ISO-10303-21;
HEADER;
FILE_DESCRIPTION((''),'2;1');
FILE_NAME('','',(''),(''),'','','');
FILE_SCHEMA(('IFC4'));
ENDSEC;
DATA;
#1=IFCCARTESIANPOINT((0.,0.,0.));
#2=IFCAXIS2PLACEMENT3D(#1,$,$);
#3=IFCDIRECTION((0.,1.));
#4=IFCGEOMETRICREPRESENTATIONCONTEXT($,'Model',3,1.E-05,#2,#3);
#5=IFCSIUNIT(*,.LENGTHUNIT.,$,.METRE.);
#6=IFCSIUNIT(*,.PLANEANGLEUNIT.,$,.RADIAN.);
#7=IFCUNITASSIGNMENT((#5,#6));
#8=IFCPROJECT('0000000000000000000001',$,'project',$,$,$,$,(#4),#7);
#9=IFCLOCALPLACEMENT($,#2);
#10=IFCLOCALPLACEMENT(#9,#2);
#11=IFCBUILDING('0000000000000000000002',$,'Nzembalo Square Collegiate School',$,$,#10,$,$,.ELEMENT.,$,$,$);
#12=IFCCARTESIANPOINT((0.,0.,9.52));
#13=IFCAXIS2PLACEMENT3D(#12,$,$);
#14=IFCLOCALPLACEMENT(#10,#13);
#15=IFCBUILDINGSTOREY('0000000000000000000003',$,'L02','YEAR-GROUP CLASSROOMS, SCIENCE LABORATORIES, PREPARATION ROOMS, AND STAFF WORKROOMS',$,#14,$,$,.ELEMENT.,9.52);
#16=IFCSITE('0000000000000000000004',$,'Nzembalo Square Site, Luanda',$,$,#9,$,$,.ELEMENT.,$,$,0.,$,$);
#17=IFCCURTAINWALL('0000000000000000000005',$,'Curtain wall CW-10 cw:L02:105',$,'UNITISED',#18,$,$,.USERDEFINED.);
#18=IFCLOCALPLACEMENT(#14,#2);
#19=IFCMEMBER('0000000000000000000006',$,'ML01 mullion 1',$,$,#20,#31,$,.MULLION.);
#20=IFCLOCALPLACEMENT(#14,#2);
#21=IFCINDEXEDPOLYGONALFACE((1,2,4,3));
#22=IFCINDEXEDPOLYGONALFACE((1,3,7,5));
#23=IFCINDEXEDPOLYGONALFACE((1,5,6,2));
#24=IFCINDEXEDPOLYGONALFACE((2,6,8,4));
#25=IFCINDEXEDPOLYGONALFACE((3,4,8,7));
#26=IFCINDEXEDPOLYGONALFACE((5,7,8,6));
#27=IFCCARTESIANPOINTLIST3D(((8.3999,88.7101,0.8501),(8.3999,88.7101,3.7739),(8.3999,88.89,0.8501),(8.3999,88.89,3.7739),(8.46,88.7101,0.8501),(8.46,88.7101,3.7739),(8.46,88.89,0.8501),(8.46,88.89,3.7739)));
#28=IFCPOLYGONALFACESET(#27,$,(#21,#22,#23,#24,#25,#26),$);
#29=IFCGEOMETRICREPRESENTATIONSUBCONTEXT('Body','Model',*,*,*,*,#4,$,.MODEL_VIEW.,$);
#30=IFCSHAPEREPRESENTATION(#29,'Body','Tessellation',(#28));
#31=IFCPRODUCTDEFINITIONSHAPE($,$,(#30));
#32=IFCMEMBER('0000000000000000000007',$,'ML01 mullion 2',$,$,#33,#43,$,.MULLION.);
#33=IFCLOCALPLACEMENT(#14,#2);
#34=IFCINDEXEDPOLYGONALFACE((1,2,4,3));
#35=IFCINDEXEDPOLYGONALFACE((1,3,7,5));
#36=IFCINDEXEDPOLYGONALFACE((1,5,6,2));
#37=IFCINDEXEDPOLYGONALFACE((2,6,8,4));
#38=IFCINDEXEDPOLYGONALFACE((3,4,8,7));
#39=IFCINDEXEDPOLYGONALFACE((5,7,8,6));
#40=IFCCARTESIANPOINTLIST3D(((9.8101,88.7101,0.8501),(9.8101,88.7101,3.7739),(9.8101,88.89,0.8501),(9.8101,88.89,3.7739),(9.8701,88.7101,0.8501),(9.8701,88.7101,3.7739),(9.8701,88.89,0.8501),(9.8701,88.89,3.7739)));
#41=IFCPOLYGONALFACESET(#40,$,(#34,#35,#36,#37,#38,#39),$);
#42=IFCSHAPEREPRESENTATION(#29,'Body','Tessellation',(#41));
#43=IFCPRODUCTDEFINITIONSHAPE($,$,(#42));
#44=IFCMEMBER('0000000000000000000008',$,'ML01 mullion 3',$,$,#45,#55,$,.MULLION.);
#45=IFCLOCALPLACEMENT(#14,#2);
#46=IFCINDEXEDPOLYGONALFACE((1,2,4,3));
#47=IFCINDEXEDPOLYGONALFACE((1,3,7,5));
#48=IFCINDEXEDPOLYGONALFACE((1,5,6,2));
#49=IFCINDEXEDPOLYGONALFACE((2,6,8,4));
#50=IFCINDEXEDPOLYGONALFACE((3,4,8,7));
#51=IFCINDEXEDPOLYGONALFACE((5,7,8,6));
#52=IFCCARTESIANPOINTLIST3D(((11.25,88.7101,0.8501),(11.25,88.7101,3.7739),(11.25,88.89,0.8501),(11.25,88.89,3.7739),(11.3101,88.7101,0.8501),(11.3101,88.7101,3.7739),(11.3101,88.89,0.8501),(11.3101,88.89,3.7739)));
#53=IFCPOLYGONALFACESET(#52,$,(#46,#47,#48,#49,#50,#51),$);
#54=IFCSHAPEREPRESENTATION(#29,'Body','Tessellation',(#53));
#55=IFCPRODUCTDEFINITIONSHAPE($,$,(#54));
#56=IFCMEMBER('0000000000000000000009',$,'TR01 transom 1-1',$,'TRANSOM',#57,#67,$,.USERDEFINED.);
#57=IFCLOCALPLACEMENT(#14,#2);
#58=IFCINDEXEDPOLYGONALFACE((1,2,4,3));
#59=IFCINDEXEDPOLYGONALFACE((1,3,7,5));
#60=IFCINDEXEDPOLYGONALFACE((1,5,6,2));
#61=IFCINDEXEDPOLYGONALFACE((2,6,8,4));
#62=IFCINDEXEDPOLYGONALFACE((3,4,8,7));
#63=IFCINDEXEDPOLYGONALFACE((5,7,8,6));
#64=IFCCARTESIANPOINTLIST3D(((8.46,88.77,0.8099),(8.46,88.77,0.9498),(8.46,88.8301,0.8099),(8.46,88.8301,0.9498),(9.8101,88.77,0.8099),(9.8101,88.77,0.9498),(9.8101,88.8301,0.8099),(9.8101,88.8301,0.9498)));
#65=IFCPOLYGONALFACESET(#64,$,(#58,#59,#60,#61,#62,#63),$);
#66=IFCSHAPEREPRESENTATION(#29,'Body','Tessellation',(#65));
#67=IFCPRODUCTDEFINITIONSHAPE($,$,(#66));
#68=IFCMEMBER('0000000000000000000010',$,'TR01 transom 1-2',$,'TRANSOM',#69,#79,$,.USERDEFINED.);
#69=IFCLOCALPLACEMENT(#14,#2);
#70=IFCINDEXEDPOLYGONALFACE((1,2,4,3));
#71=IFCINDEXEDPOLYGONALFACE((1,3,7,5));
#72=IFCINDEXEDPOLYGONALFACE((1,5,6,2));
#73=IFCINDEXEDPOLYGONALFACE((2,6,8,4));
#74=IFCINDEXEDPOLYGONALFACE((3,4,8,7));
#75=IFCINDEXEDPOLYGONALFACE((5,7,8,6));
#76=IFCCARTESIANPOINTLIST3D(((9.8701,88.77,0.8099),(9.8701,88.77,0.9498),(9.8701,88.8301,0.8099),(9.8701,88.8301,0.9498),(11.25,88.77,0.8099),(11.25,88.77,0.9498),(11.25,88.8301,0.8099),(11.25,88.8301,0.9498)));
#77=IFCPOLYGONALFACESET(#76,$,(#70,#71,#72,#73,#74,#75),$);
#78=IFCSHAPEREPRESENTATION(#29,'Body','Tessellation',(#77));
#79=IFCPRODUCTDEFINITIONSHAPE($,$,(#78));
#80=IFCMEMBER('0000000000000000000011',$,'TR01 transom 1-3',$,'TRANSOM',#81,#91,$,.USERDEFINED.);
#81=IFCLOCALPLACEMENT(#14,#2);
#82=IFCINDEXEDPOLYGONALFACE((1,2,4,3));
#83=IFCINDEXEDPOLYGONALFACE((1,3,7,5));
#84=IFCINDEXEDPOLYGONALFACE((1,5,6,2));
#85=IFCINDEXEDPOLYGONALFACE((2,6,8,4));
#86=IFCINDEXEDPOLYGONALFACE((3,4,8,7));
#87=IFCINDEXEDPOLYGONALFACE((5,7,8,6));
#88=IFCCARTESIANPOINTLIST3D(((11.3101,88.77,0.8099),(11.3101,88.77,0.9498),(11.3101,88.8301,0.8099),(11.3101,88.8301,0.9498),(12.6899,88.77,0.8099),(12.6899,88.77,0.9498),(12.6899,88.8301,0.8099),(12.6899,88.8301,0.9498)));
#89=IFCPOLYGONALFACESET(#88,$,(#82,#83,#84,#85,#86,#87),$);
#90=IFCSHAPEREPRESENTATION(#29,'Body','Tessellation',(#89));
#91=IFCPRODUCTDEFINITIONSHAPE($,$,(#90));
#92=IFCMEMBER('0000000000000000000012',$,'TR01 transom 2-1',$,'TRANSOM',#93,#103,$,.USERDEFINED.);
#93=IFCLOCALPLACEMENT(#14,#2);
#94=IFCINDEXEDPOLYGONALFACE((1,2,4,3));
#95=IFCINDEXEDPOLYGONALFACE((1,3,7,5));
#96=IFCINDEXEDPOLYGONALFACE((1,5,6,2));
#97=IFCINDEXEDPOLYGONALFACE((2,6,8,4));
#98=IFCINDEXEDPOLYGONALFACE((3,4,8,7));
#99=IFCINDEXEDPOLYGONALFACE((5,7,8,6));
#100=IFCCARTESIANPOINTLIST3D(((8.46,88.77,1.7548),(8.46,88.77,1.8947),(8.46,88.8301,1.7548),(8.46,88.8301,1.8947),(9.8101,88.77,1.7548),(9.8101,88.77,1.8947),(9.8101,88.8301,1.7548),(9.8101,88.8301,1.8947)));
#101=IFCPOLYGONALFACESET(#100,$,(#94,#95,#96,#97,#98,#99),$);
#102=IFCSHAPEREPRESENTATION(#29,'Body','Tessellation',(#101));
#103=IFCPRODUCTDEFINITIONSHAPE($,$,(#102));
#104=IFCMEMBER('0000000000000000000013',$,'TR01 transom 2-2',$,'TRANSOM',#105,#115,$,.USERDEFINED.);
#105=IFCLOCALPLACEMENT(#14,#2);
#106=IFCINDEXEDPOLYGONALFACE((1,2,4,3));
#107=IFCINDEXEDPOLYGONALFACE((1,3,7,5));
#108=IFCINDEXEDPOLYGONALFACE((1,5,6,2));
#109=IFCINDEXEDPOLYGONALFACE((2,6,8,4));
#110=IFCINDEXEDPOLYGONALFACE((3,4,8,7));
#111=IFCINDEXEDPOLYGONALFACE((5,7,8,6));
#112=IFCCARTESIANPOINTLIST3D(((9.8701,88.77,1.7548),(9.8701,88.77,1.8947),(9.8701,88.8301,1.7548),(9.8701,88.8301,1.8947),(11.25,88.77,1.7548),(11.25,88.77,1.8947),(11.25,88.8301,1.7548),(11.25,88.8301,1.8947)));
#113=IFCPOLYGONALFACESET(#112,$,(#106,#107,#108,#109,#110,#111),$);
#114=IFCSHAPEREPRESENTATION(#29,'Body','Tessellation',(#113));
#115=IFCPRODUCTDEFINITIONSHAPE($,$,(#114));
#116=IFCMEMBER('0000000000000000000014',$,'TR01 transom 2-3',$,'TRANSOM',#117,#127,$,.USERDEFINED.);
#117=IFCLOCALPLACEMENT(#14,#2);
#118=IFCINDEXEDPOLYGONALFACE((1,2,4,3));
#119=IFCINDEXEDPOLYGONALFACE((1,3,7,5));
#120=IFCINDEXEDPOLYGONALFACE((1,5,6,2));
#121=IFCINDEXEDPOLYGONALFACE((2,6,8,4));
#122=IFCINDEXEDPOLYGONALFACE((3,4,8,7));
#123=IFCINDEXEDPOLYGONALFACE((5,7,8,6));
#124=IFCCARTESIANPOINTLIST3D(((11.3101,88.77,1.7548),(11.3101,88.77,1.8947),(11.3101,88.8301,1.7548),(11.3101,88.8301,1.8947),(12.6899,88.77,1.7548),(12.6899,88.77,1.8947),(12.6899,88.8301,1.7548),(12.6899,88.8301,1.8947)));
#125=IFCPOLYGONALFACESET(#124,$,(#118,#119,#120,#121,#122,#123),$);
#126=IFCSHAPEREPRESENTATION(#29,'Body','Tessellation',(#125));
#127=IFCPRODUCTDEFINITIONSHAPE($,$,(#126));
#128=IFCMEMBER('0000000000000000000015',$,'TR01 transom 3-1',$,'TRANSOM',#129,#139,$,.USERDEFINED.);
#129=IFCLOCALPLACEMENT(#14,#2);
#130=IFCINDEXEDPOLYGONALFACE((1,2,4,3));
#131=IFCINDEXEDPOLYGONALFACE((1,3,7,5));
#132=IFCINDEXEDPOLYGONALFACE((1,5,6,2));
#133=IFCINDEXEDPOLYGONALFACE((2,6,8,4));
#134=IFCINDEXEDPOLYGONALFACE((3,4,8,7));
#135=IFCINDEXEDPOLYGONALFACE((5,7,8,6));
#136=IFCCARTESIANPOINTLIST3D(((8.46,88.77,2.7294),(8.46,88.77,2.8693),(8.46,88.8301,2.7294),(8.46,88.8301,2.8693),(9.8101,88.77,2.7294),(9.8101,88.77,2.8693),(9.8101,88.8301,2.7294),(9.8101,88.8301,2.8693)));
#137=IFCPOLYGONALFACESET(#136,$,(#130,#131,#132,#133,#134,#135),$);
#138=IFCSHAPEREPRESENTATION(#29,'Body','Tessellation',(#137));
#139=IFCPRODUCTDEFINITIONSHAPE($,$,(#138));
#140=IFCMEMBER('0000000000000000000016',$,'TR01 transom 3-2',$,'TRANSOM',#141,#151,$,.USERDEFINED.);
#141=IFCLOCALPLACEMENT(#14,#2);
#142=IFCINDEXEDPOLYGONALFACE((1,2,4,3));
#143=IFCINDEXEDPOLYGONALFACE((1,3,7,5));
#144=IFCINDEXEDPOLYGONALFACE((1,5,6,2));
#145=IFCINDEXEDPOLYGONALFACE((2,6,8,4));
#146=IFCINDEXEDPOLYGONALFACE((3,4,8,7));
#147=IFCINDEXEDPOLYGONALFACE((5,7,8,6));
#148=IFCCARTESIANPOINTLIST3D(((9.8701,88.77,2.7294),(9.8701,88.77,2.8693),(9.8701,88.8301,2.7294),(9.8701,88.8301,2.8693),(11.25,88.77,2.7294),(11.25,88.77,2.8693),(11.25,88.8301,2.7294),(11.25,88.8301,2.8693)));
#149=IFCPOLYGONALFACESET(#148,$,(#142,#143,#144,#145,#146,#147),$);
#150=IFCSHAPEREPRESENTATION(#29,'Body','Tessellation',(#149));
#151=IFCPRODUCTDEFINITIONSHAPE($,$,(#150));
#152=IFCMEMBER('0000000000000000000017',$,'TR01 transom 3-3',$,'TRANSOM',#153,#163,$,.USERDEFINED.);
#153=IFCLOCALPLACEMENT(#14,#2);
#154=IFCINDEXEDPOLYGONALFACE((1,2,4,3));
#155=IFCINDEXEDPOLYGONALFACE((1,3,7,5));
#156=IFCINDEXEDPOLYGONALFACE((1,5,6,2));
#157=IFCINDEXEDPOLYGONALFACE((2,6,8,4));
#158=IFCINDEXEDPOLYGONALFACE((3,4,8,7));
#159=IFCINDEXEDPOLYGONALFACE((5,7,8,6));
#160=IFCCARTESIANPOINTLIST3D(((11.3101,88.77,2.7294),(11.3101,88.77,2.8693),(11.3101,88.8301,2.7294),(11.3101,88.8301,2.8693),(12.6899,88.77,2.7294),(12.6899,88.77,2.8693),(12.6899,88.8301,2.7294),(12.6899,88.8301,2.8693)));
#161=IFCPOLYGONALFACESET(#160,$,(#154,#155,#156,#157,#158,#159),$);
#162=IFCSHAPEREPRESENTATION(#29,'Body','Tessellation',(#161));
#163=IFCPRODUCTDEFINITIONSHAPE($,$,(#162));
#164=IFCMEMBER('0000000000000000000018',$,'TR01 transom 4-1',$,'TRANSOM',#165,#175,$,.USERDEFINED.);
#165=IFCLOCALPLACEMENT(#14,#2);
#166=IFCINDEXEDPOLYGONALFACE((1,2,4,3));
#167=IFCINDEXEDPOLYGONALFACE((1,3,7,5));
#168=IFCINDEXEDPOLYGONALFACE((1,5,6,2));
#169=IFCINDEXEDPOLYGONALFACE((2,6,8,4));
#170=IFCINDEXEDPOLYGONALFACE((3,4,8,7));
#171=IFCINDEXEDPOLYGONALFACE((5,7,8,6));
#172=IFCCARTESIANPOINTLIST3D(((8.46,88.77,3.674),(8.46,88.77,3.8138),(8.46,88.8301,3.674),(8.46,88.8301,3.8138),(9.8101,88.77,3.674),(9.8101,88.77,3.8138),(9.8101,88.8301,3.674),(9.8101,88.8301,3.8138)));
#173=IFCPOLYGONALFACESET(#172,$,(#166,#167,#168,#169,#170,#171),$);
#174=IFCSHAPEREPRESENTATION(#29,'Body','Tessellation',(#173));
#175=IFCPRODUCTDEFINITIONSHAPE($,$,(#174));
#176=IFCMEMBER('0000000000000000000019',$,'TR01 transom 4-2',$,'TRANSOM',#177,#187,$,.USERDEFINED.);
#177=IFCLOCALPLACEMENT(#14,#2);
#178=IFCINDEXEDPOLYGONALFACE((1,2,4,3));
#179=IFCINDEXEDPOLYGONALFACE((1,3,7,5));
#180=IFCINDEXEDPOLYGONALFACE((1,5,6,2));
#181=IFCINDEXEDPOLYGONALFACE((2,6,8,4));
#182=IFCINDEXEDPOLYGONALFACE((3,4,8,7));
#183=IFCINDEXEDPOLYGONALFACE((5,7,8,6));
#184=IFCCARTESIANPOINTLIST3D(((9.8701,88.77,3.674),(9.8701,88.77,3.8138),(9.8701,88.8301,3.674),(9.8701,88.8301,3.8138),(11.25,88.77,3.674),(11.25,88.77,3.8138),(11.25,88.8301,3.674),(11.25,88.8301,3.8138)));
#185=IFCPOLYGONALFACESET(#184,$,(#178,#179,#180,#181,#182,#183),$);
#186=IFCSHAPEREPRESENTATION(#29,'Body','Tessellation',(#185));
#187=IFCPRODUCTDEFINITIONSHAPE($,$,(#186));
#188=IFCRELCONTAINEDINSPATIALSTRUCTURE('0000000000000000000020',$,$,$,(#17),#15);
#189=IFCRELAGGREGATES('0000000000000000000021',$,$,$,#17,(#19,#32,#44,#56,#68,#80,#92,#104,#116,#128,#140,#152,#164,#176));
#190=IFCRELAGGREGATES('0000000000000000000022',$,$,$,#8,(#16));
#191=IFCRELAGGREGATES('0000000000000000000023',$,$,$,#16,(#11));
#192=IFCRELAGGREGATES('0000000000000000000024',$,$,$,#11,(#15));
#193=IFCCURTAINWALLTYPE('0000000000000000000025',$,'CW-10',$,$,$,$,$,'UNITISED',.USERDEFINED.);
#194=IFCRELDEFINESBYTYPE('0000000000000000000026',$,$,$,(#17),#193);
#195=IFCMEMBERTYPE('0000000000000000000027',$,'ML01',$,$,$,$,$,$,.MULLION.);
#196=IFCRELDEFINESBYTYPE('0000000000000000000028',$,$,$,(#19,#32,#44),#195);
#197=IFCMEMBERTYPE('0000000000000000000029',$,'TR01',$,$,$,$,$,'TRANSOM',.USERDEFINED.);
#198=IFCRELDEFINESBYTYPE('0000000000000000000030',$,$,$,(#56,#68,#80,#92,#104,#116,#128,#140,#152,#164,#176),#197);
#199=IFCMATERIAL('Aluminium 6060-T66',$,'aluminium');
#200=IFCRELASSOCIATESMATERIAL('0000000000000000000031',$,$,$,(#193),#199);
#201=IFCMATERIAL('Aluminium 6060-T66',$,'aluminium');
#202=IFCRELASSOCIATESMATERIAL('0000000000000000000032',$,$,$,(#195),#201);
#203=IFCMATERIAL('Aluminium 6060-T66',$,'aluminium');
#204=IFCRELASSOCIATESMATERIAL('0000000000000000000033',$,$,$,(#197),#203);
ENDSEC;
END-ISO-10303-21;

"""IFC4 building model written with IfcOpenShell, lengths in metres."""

from ifc_helpers import new_model, si_unit, direction, frame, origin, origin_2d, place, context, subcontext, project, spatial, rectangle, extrude, material, material_profile, profile_set, type_object, element, aggregate, save


model = new_model("IFC4")

# Units and contexts
model_context = context("Model", 3, precision=1e-05, world=origin(), true_north=direction((0.0, 1.0)))
body_context = subcontext(model_context, "Body", "Model", "MODEL_VIEW")
ifc_project = project(units=[si_unit("LENGTHUNIT", "METRE"), si_unit("PLANEANGLEUNIT", "RADIAN")], contexts=[model_context])

# Site, building, storey
site_placement = place(None, origin())
site = spatial("IfcSite", under=ifc_project, at=site_placement, Name="Nzembalo Square Site, Luanda", CompositionType="ELEMENT", RefElevation=0.0)
building_placement = place(site_placement, origin())
building = spatial("IfcBuilding", under=site, at=building_placement, Name="Nzembalo Square Collegiate School", CompositionType="ELEMENT")
storey_placement = place(building_placement, frame((0.0, 0.0, 9.52)))
storey = spatial("IfcBuildingStorey", under=building, at=storey_placement, Name="L02", Description="YEAR-GROUP CLASSROOMS, SCIENCE LABORATORIES, PREPARATION ROOMS, AND STAFF WORKROOMS", CompositionType="ELEMENT", Elevation=9.52)

# Curtain wall, members
ifc_material_1 = material(Name="Aluminium 6060-T66", Category="aluminium")
curtain_wall_type = type_object("IfcCurtainWallType", Name="CW-10", ElementType="UNITISED", PredefinedType="USERDEFINED", material=ifc_material_1)
curtain_wall_placement = place(storey_placement, origin())
curtain_wall = element("IfcCurtainWall", 1, at=curtain_wall_placement, inside=storey, type_object=curtain_wall_type, Name="Curtain wall CW-10 cw:L02:105", ObjectType="UNITISED", PredefinedType="USERDEFINED")
ifc_material_2 = material(Name="Aluminium 6060-T66", Category="aluminium")
ifc_material_profile_1 = material_profile(ifc_material_2, rectangle(XDim=0.0601, YDim=0.1799, at=origin_2d()), Name="ALU M60x180")
ifc_profile_set_1 = profile_set([ifc_material_profile_1], Name="Aluminium 6060-T66")
member_type_1 = type_object("IfcMemberType", Name="ML01", PredefinedType="MULLION", material=ifc_profile_set_1)
member_1_placement = place(storey_placement, frame((8.4299, 88.8, 0.8501), z_axis=(0.0, 0.0, 1.0), x_axis=(1.0, 0.0, 0.0)))
member_1 = element("IfcMember", 2, at=member_1_placement, type_object=member_type_1, Name="ML01 mullion 1", PredefinedType="MULLION", context=body_context, shape_type="SweptSolid", body=[
    extrude(rectangle(XDim=0.0601, YDim=0.1799, at=origin_2d()), origin(), (0.0, 0.0, 1.0), 2.9238),
])
member_2_placement = place(storey_placement, frame((9.8401, 88.8, 0.8501), z_axis=(0.0, 0.0, 1.0), x_axis=(1.0, 0.0, 0.0)))
member_2 = element("IfcMember", 3, at=member_2_placement, type_object=member_type_1, Name="ML01 mullion 2", PredefinedType="MULLION", context=body_context, shape_type="SweptSolid", body=[
    extrude(rectangle(XDim=0.0601, YDim=0.1799, at=origin_2d()), origin(), (0.0, 0.0, 1.0), 2.9238),
])
member_3_placement = place(storey_placement, frame((11.28, 88.8, 0.8501), z_axis=(0.0, 0.0, 1.0), x_axis=(1.0, 0.0, 0.0)))
member_3 = element("IfcMember", 4, at=member_3_placement, type_object=member_type_1, Name="ML01 mullion 3", PredefinedType="MULLION", context=body_context, shape_type="SweptSolid", body=[
    extrude(rectangle(XDim=0.0601, YDim=0.1799, at=origin_2d()), origin(), (0.0, 0.0, 1.0), 2.9238),
])
ifc_material_3 = material(Name="Aluminium 6060-T66", Category="aluminium")
ifc_material_profile_2 = material_profile(ifc_material_3, rectangle(XDim=0.0601, YDim=0.1399, at=origin_2d()), Name="ALU T60x140")
ifc_profile_set_2 = profile_set([ifc_material_profile_2], Name="Aluminium 6060-T66")
member_type_2 = type_object("IfcMemberType", Name="TR01", ElementType="TRANSOM", PredefinedType="USERDEFINED", material=ifc_profile_set_2)
member_4_placement = place(storey_placement, frame((8.46, 88.8, 0.8799), z_axis=(1.0, 0.0, 0.0), x_axis=(0.0, 1.0, 0.0)))
member_4 = element("IfcMember", 5, at=member_4_placement, type_object=member_type_2, Name="TR01 transom 1-1", ObjectType="TRANSOM", PredefinedType="USERDEFINED", context=body_context, shape_type="SweptSolid", body=[
    extrude(rectangle(XDim=0.0601, YDim=0.1399, at=origin_2d()), origin(), (0.0, 0.0, 1.0), 1.3501),
])
member_5_placement = place(storey_placement, frame((9.8701, 88.8, 0.8799), z_axis=(1.0, 0.0, 0.0), x_axis=(0.0, 1.0, 0.0)))
member_5 = element("IfcMember", 6, at=member_5_placement, type_object=member_type_2, Name="TR01 transom 1-2", ObjectType="TRANSOM", PredefinedType="USERDEFINED", context=body_context, shape_type="SweptSolid", body=[
    extrude(rectangle(XDim=0.0601, YDim=0.1399, at=origin_2d()), origin(), (0.0, 0.0, 1.0), 1.3799),
])
member_6_placement = place(storey_placement, frame((11.3101, 88.8, 0.8799), z_axis=(1.0, 0.0, 0.0), x_axis=(0.0, 1.0, 0.0)))
member_6 = element("IfcMember", 7, at=member_6_placement, type_object=member_type_2, Name="TR01 transom 1-3", ObjectType="TRANSOM", PredefinedType="USERDEFINED", context=body_context, shape_type="SweptSolid", body=[
    extrude(rectangle(XDim=0.0601, YDim=0.1399, at=origin_2d()), origin(), (0.0, 0.0, 1.0), 1.3799),
])
member_7_placement = place(storey_placement, frame((8.46, 88.8, 1.8247), z_axis=(1.0, 0.0, 0.0), x_axis=(0.0, 1.0, 0.0)))
member_7 = element("IfcMember", 8, at=member_7_placement, type_object=member_type_2, Name="TR01 transom 2-1", ObjectType="TRANSOM", PredefinedType="USERDEFINED", context=body_context, shape_type="SweptSolid", body=[
    extrude(rectangle(XDim=0.0601, YDim=0.1399, at=origin_2d()), origin(), (0.0, 0.0, 1.0), 1.3501),
])
member_8_placement = place(storey_placement, frame((9.8701, 88.8, 1.8247), z_axis=(1.0, 0.0, 0.0), x_axis=(0.0, 1.0, 0.0)))
member_8 = element("IfcMember", 9, at=member_8_placement, type_object=member_type_2, Name="TR01 transom 2-2", ObjectType="TRANSOM", PredefinedType="USERDEFINED", context=body_context, shape_type="SweptSolid", body=[
    extrude(rectangle(XDim=0.0601, YDim=0.1399, at=origin_2d()), origin(), (0.0, 0.0, 1.0), 1.3799),
])
member_9_placement = place(storey_placement, frame((11.3101, 88.8, 1.8247), z_axis=(1.0, 0.0, 0.0), x_axis=(0.0, 1.0, 0.0)))
member_9 = element("IfcMember", 10, at=member_9_placement, type_object=member_type_2, Name="TR01 transom 2-3", ObjectType="TRANSOM", PredefinedType="USERDEFINED", context=body_context, shape_type="SweptSolid", body=[
    extrude(rectangle(XDim=0.0601, YDim=0.1399, at=origin_2d()), origin(), (0.0, 0.0, 1.0), 1.3799),
])
member_10_placement = place(storey_placement, frame((8.46, 88.8, 2.7993), z_axis=(1.0, 0.0, 0.0), x_axis=(0.0, 1.0, 0.0)))
member_10 = element("IfcMember", 11, at=member_10_placement, type_object=member_type_2, Name="TR01 transom 3-1", ObjectType="TRANSOM", PredefinedType="USERDEFINED", context=body_context, shape_type="SweptSolid", body=[
    extrude(rectangle(XDim=0.0601, YDim=0.1399, at=origin_2d()), origin(), (0.0, 0.0, 1.0), 1.3501),
])
member_11_placement = place(storey_placement, frame((9.8701, 88.8, 2.7993), z_axis=(1.0, 0.0, 0.0), x_axis=(0.0, 1.0, 0.0)))
member_11 = element("IfcMember", 12, at=member_11_placement, type_object=member_type_2, Name="TR01 transom 3-2", ObjectType="TRANSOM", PredefinedType="USERDEFINED", context=body_context, shape_type="SweptSolid", body=[
    extrude(rectangle(XDim=0.0601, YDim=0.1399, at=origin_2d()), origin(), (0.0, 0.0, 1.0), 1.3799),
])
member_12_placement = place(storey_placement, frame((11.3101, 88.8, 2.7993), z_axis=(1.0, 0.0, 0.0), x_axis=(0.0, 1.0, 0.0)))
member_12 = element("IfcMember", 13, at=member_12_placement, type_object=member_type_2, Name="TR01 transom 3-3", ObjectType="TRANSOM", PredefinedType="USERDEFINED", context=body_context, shape_type="SweptSolid", body=[
    extrude(rectangle(XDim=0.0601, YDim=0.1399, at=origin_2d()), origin(), (0.0, 0.0, 1.0), 1.3799),
])
member_13_placement = place(storey_placement, frame((8.46, 88.8, 3.7439), z_axis=(1.0, 0.0, 0.0), x_axis=(0.0, 1.0, 0.0)))
member_13 = element("IfcMember", 14, at=member_13_placement, type_object=member_type_2, Name="TR01 transom 4-1", ObjectType="TRANSOM", PredefinedType="USERDEFINED", context=body_context, shape_type="SweptSolid", body=[
    extrude(rectangle(XDim=0.0601, YDim=0.1399, at=origin_2d()), origin(), (0.0, 0.0, 1.0), 1.3501),
])
member_14_placement = place(storey_placement, frame((9.8701, 88.8, 3.7439), z_axis=(1.0, 0.0, 0.0), x_axis=(0.0, 1.0, 0.0)))
member_14 = element("IfcMember", 15, at=member_14_placement, type_object=member_type_2, Name="TR01 transom 4-2", ObjectType="TRANSOM", PredefinedType="USERDEFINED", context=body_context, shape_type="SweptSolid", body=[
    extrude(rectangle(XDim=0.0601, YDim=0.1399, at=origin_2d()), origin(), (0.0, 0.0, 1.0), 1.3799),
])
aggregate(curtain_wall, [member_1, member_2, member_3, member_4, member_5, member_6, member_7, member_8, member_9, member_10, member_11, member_12, member_13, member_14])

save(model, "model.ifc")
